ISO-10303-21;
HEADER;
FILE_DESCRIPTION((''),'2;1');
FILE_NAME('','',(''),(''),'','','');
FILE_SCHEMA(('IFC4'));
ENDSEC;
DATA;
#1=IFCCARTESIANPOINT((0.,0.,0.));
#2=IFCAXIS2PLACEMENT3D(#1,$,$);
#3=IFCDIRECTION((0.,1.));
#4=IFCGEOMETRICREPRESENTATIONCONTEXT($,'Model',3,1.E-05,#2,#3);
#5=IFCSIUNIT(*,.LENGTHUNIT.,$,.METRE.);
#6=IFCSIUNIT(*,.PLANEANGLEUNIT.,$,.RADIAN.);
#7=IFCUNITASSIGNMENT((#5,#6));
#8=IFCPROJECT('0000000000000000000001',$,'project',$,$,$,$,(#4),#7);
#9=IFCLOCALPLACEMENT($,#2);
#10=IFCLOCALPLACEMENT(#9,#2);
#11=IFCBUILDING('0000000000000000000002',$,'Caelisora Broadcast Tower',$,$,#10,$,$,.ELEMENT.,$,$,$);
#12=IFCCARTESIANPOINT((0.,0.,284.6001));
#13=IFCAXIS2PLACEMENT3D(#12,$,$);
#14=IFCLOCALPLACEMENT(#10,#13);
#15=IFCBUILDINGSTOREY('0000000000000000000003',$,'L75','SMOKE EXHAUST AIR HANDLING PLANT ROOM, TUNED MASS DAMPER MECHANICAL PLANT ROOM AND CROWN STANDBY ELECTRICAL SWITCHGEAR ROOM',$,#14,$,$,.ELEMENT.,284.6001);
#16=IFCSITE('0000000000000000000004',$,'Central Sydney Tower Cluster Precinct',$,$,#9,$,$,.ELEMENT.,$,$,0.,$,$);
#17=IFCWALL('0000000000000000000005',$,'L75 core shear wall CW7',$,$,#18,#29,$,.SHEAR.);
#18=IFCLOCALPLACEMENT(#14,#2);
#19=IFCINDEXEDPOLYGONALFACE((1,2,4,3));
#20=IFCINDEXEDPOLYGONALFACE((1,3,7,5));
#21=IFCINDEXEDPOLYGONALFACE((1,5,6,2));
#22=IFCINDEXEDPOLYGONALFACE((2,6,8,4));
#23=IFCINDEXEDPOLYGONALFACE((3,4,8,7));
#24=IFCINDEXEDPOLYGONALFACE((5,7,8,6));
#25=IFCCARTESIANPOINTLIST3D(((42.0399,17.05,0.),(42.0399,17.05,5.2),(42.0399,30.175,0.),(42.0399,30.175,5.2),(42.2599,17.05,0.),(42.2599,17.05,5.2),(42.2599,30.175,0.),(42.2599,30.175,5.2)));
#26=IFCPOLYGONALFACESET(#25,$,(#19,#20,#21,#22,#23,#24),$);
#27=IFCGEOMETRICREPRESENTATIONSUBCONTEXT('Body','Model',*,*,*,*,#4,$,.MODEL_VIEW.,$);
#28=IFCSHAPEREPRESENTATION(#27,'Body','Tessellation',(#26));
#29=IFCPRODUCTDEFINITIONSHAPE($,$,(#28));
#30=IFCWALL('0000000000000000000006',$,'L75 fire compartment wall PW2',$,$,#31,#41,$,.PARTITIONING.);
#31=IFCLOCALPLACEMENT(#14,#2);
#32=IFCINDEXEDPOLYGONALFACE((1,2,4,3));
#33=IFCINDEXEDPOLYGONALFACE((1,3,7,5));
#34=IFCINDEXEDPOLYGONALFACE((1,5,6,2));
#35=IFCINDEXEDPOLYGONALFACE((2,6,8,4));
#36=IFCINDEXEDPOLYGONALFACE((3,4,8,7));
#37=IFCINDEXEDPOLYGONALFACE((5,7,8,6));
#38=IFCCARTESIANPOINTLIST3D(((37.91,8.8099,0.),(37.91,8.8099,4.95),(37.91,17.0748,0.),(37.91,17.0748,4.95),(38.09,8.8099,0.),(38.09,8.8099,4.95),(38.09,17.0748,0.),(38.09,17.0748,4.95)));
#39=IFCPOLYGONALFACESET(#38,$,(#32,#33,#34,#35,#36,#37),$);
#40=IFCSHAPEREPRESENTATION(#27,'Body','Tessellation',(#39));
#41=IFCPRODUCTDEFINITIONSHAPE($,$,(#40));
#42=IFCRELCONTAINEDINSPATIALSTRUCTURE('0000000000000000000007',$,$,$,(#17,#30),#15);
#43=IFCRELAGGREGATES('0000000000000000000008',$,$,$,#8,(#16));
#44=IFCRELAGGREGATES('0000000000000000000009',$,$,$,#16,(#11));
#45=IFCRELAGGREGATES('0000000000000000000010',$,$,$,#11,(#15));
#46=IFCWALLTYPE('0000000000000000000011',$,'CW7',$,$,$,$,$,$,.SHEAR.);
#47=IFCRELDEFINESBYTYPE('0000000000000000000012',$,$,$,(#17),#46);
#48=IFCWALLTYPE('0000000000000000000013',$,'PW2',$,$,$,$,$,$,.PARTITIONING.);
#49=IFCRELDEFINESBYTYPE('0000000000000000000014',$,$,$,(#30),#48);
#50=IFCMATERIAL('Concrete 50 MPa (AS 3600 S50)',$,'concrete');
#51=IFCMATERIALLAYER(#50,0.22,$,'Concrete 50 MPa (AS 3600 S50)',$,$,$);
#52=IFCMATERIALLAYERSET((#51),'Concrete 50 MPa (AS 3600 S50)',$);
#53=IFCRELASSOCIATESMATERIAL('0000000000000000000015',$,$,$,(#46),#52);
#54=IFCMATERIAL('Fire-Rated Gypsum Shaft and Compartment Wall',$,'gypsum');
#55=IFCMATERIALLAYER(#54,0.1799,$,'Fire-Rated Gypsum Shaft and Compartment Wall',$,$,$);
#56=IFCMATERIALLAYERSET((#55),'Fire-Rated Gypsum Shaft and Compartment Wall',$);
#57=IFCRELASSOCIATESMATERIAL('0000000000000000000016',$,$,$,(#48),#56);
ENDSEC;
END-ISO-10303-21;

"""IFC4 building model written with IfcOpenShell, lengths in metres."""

from ifc_helpers import new_model, si_unit, direction, frame, frame_2d, origin, place, context, subcontext, project, spatial, rectangle, extrude, material, layer, layer_set, type_object, element, save


model = new_model("IFC4")

# Units and contexts
model_context = context("Model", 3, precision=1e-05, world=origin(), true_north=direction((0.0, 1.0)))
body_context = subcontext(model_context, "Body", "Model", "MODEL_VIEW")
ifc_project = project(units=[si_unit("LENGTHUNIT", "METRE"), si_unit("PLANEANGLEUNIT", "RADIAN")], contexts=[model_context])

# Site, building, storey
site_placement = place(None, origin())
site = spatial("IfcSite", under=ifc_project, at=site_placement, Name="Central Sydney Tower Cluster Precinct", CompositionType="ELEMENT", RefElevation=0.0)
building_placement = place(site_placement, origin())
building = spatial("IfcBuilding", under=site, at=building_placement, Name="Caelisora Broadcast Tower", CompositionType="ELEMENT")
storey_placement = place(building_placement, frame((0.0, 0.0, 284.6001)))
storey = spatial("IfcBuildingStorey", under=building, at=storey_placement, Name="L75", Description="SMOKE EXHAUST AIR HANDLING PLANT ROOM, TUNED MASS DAMPER MECHANICAL PLANT ROOM AND CROWN STANDBY ELECTRICAL SWITCHGEAR ROOM", CompositionType="ELEMENT", Elevation=284.6001)

# Walls
ifc_material_1 = material(Name="Concrete 50 MPa (AS 3600 S50)", Category="concrete")
ifc_layer_1 = layer(ifc_material_1, 0.22, Name="Concrete 50 MPa (AS 3600 S50)")
ifc_layer_set_1 = layer_set([ifc_layer_1], Name="Concrete 50 MPa (AS 3600 S50)")
wall_type_1 = type_object("IfcWallType", Name="CW7", PredefinedType="SHEAR", material=ifc_layer_set_1)
wall_1_placement = place(storey_placement, frame((42.1499, 17.05, 0.0), z_axis=(0.0, 0.0, 1.0), x_axis=(0.0, 1.0, 0.0)))
element("IfcWall", 1, at=wall_1_placement, inside=storey, type_object=wall_type_1, Name="L75 core shear wall CW7", PredefinedType="SHEAR", context=body_context, shape_type="SweptSolid", body=[
    extrude(rectangle(XDim=13.125, YDim=0.22, at=frame_2d((6.5625, 0.0))), origin(), (0.0, 0.0, 1.0), 5.2),
])
ifc_material_2 = material(Name="Fire-Rated Gypsum Shaft and Compartment Wall", Category="gypsum")
ifc_layer_2 = layer(ifc_material_2, 0.1799, Name="Fire-Rated Gypsum Shaft and Compartment Wall")
ifc_layer_set_2 = layer_set([ifc_layer_2], Name="Fire-Rated Gypsum Shaft and Compartment Wall")
wall_type_2 = type_object("IfcWallType", Name="PW2", PredefinedType="PARTITIONING", material=ifc_layer_set_2)
wall_2_placement = place(storey_placement, frame((38.0, 8.8101, 0.0), z_axis=(0.0, 0.0, 1.0), x_axis=(0.0, 1.0, 0.0)))
element("IfcWall", 2, at=wall_2_placement, inside=storey, type_object=wall_type_2, Name="L75 fire compartment wall PW2", PredefinedType="PARTITIONING", context=body_context, shape_type="SweptSolid", body=[
    extrude(rectangle(XDim=8.2649, YDim=0.1799, at=frame_2d((4.1323, 0.0))), origin(), (0.0, 0.0, 1.0), 4.95),
])

save(model, "model.ifc")
